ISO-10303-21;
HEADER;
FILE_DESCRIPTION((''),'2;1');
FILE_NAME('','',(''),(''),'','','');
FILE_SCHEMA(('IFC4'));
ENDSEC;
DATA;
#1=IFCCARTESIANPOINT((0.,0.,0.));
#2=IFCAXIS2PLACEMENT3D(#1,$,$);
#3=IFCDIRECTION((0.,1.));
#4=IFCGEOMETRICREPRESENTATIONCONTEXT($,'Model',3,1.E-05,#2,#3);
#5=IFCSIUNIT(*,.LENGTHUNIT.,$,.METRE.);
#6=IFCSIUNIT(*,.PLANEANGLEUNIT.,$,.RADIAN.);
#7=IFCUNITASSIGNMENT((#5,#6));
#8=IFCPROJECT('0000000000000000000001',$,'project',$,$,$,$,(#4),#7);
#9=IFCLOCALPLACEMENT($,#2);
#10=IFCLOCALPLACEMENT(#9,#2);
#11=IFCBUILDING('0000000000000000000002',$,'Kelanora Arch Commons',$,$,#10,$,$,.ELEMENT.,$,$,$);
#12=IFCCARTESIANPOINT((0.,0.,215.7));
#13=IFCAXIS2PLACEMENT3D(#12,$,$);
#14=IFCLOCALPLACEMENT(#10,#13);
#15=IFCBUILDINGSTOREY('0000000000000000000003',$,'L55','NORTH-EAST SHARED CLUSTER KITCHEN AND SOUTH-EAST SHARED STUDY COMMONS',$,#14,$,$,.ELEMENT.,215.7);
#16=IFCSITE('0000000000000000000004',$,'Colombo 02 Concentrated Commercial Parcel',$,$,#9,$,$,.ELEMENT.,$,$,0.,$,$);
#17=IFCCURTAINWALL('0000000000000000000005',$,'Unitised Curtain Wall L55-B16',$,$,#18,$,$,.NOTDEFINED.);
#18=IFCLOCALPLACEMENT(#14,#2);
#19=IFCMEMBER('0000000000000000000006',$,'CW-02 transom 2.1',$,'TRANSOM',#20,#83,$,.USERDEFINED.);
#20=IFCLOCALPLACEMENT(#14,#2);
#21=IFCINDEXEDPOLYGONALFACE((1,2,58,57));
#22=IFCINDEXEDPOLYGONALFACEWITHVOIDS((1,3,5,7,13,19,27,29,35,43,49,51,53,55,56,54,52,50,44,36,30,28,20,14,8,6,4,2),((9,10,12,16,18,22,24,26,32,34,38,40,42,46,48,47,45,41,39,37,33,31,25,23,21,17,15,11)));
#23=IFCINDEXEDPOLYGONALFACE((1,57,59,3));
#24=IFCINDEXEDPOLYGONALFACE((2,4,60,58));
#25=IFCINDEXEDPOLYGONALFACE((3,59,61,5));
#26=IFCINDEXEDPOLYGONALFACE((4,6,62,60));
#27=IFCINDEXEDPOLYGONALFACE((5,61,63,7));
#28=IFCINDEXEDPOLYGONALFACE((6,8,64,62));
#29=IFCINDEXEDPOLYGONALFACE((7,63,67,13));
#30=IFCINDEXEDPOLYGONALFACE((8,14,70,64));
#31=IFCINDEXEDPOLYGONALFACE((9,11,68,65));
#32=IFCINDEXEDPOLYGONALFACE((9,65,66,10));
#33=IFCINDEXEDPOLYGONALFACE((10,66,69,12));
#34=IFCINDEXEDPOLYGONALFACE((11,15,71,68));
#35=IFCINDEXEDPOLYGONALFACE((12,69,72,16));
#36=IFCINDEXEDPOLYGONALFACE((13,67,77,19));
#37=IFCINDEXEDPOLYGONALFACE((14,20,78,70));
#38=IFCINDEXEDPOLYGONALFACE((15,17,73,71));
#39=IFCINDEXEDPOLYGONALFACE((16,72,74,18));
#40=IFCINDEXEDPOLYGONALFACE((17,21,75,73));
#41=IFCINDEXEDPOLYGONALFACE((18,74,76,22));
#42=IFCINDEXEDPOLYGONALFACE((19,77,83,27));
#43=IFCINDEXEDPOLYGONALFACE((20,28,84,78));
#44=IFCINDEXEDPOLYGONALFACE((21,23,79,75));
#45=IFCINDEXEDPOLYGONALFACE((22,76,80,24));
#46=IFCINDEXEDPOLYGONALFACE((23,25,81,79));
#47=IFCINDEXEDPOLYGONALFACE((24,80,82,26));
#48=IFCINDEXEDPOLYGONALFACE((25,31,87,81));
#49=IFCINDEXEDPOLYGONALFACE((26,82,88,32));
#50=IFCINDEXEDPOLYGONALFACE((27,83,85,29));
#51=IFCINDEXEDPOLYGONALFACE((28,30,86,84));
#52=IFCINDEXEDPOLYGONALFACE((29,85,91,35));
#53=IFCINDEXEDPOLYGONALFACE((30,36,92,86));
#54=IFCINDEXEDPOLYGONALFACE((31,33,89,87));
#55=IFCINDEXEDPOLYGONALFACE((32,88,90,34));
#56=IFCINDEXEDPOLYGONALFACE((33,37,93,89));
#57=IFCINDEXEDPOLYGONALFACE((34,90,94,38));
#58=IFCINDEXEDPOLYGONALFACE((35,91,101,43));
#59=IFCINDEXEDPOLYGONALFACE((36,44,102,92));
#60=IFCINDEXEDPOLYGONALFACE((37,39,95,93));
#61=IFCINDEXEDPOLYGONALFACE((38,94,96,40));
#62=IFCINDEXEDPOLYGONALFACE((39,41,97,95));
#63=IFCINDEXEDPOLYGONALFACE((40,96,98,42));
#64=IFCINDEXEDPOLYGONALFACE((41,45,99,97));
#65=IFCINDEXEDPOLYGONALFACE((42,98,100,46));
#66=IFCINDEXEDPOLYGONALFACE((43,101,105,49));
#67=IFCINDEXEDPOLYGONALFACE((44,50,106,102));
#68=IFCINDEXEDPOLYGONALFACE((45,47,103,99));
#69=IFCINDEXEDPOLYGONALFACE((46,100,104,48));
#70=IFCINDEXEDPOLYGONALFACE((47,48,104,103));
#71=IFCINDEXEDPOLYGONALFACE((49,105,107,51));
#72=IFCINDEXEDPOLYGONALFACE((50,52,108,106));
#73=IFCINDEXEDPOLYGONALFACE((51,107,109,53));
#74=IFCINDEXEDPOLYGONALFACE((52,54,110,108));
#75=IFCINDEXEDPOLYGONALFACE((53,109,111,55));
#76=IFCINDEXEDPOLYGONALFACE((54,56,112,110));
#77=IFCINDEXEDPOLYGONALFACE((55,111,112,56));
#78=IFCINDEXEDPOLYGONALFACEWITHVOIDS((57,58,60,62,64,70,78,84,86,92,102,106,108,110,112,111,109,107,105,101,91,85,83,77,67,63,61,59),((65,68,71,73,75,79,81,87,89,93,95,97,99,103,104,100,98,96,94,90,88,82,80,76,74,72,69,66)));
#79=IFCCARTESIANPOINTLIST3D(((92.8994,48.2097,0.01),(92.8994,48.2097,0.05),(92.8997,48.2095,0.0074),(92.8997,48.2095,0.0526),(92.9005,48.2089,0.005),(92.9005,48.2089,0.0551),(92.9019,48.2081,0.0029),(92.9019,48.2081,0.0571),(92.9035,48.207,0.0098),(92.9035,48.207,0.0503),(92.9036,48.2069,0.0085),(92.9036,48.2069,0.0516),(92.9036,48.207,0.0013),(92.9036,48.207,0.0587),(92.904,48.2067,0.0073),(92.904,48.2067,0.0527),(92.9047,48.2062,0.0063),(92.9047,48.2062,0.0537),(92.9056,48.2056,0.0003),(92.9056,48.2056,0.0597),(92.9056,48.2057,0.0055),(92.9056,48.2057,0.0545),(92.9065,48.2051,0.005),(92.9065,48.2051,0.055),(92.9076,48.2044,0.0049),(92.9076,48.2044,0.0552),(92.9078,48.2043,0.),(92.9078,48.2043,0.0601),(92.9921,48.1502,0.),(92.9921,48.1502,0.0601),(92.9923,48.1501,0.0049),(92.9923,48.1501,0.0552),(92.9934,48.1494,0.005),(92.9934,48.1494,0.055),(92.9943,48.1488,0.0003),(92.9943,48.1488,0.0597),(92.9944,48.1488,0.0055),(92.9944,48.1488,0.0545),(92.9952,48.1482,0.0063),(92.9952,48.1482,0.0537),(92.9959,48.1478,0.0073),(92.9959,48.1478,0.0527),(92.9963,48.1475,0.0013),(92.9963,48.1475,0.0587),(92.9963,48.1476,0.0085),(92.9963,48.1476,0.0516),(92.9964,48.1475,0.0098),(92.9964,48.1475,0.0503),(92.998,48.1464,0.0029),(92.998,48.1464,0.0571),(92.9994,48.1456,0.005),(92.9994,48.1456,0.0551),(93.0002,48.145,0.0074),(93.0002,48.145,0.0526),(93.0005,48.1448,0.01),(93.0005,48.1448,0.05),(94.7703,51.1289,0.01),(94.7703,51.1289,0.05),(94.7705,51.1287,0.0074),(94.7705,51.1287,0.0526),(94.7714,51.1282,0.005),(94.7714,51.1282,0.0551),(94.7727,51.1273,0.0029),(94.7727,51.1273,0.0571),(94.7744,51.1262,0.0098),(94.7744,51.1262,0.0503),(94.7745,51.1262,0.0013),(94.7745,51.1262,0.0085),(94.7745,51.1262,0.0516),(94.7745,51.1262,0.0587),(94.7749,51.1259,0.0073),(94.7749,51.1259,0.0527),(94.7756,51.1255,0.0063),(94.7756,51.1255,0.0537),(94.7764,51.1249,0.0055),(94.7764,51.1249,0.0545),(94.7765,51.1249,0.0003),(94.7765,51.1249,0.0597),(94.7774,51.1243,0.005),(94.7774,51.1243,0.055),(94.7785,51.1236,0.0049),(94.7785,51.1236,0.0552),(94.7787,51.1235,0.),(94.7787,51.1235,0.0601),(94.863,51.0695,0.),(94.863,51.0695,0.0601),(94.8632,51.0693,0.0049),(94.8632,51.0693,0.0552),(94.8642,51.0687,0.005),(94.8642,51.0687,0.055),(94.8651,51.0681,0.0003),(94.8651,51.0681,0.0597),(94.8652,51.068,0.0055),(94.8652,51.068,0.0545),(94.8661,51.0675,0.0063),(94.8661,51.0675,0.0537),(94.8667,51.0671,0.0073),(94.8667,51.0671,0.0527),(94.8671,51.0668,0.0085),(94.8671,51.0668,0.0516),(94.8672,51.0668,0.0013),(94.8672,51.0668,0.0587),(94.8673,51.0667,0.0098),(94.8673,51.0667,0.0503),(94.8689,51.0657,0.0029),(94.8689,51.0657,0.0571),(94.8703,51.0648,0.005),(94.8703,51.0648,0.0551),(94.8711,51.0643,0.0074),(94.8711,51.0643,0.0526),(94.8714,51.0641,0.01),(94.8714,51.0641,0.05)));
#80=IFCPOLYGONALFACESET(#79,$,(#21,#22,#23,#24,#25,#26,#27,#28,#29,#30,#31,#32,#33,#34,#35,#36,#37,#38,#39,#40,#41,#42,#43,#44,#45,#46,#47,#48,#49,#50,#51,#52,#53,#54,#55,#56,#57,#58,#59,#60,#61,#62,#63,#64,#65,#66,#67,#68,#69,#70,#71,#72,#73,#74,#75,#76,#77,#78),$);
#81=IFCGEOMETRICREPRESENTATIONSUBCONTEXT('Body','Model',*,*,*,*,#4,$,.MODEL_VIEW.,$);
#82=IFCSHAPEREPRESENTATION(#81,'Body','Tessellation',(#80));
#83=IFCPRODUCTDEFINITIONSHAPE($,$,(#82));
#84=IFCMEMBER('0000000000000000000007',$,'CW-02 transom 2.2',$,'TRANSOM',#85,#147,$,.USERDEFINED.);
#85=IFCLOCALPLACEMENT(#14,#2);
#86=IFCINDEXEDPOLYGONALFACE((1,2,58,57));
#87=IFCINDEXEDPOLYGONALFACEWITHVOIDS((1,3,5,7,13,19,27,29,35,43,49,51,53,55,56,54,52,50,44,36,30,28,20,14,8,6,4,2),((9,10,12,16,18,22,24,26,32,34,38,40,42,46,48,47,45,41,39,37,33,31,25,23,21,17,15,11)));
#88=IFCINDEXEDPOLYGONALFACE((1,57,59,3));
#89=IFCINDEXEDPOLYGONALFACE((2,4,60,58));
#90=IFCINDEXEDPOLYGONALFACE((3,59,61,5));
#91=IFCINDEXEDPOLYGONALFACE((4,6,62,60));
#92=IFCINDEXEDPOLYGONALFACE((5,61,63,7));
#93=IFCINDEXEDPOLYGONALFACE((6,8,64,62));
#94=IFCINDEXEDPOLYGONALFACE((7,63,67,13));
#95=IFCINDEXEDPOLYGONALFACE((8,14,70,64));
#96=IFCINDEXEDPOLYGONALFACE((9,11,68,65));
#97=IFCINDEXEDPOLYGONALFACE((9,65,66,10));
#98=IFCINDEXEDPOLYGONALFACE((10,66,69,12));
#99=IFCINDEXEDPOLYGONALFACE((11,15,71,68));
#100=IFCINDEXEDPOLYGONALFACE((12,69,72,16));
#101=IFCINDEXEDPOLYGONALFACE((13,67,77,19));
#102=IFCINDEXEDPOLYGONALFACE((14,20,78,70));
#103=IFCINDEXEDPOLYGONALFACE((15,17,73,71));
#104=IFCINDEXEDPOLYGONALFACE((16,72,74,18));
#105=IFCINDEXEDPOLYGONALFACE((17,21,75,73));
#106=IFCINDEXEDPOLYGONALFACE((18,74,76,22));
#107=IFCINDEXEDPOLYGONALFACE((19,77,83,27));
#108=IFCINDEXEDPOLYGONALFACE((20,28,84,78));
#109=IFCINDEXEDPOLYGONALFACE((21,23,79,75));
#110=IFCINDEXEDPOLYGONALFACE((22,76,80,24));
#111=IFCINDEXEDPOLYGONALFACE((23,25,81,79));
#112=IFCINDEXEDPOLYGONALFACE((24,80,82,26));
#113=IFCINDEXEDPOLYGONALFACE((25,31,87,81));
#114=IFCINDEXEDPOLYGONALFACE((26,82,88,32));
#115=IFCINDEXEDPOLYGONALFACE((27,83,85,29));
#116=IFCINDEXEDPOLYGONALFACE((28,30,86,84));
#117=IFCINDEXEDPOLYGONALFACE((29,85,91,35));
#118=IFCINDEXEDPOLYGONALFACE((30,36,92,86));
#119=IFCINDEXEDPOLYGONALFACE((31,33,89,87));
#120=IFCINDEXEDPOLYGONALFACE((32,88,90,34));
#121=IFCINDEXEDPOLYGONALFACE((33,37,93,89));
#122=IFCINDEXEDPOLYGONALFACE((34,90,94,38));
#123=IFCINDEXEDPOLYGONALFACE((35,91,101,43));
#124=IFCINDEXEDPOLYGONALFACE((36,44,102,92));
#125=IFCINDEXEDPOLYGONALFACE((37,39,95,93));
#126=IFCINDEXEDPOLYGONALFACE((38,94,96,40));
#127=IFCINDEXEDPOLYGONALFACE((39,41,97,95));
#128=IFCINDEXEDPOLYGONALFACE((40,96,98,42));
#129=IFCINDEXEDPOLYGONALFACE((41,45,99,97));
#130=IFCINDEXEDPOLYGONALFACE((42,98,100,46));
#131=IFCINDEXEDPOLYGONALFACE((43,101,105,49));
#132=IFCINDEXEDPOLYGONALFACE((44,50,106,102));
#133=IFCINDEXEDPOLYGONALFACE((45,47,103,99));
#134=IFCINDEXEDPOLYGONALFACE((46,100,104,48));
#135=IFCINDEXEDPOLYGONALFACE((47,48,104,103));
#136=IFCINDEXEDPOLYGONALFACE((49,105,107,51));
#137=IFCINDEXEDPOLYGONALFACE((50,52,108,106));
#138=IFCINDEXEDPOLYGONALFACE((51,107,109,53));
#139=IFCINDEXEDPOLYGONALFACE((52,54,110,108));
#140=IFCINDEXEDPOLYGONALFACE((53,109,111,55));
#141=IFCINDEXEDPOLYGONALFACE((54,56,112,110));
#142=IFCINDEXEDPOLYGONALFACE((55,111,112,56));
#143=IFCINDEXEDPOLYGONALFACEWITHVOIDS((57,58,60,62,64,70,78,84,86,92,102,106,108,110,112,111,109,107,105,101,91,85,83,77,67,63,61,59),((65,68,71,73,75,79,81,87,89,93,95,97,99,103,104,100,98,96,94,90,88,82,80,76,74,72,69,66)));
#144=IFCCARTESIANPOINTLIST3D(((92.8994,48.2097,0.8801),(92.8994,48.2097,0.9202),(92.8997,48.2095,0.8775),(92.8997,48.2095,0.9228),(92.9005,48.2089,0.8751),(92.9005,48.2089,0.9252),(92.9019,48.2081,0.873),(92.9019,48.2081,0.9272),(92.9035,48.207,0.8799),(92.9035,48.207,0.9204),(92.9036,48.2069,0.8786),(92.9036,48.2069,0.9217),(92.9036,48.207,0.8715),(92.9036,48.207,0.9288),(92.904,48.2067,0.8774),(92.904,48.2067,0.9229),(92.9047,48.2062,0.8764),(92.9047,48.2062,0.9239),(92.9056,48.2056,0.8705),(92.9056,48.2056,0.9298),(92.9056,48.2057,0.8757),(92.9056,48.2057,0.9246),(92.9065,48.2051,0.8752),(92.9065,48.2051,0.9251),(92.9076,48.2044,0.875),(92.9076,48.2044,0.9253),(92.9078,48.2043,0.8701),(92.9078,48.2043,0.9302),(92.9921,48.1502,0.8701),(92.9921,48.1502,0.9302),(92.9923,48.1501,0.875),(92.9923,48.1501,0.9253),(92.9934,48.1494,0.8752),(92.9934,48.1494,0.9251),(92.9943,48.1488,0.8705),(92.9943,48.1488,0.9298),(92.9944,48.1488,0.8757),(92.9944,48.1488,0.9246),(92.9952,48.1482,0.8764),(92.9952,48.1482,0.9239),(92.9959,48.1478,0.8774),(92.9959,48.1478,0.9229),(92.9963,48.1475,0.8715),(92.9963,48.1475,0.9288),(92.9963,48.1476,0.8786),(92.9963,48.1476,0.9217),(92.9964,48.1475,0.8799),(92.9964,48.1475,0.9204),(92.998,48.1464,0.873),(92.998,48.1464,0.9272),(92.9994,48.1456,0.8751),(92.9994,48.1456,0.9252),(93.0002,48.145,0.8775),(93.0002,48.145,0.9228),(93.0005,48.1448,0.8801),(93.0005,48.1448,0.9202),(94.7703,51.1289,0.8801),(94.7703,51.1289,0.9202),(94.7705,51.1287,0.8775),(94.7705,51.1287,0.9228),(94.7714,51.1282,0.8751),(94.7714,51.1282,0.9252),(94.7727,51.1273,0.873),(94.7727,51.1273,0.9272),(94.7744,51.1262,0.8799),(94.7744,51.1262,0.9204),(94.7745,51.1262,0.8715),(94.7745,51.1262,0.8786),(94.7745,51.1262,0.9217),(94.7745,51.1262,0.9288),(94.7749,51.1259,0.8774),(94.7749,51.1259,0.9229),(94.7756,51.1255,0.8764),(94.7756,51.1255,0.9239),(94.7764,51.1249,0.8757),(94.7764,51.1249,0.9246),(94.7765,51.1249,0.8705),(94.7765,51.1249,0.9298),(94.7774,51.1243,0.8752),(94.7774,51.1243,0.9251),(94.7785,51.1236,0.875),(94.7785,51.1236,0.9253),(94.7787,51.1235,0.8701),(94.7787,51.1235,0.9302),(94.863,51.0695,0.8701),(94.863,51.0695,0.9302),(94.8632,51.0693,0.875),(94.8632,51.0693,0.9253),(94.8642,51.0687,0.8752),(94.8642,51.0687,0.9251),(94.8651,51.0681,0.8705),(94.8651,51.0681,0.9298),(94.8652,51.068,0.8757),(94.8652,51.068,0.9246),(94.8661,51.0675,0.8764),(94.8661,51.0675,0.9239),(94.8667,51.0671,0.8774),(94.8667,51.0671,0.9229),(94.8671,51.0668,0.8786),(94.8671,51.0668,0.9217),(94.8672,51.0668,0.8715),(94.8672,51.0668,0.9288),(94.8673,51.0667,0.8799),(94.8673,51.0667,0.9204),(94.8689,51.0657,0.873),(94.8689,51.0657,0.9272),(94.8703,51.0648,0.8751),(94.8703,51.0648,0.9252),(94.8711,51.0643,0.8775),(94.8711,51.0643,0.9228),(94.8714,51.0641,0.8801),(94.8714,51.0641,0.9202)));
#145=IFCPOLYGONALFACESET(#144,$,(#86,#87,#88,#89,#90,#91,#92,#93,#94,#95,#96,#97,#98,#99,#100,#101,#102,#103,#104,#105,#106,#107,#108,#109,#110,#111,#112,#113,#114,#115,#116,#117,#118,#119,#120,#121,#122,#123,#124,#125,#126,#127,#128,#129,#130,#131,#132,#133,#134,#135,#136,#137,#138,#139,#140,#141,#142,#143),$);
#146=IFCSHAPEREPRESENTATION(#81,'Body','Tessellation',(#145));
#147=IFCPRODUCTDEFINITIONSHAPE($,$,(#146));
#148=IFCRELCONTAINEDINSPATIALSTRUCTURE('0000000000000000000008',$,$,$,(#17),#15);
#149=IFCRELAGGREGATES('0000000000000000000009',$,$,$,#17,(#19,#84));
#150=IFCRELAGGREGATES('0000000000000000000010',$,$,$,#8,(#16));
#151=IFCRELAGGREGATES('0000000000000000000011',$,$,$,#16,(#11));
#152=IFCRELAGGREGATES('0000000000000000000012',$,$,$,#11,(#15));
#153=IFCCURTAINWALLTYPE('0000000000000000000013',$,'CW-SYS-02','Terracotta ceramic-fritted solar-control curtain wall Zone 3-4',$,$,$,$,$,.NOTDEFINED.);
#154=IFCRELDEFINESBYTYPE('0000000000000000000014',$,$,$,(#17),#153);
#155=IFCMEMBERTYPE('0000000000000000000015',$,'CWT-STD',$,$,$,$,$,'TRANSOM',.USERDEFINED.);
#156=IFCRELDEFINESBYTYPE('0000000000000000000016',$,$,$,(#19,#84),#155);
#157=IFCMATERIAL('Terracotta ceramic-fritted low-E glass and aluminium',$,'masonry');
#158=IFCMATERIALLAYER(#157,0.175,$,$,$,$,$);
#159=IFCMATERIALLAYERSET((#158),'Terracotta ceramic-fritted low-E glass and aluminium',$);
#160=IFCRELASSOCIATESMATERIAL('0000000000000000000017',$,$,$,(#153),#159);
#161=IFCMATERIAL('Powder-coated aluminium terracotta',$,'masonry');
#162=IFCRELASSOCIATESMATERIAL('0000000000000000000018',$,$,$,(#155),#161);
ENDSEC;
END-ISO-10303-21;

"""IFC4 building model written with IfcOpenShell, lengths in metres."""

from ifc_helpers import new_model, si_unit, direction, frame, origin, origin_2d, place, context, subcontext, project, spatial, hollow_rectangle, extrude, material, layer, layer_set, material_profile, profile_set, type_object, element, aggregate, save


model = new_model("IFC4")

# Units and contexts
model_context = context("Model", 3, precision=1e-05, world=origin(), true_north=direction((0.0, 1.0)))
body_context = subcontext(model_context, "Body", "Model", "MODEL_VIEW")
ifc_project = project(units=[si_unit("LENGTHUNIT", "METRE"), si_unit("PLANEANGLEUNIT", "RADIAN")], contexts=[model_context])

# Site, building, storey
site_placement = place(None, origin())
site = spatial("IfcSite", under=ifc_project, at=site_placement, Name="Colombo 02 Concentrated Commercial Parcel", CompositionType="ELEMENT", RefElevation=0.0)
building_placement = place(site_placement, origin())
building = spatial("IfcBuilding", under=site, at=building_placement, Name="Kelanora Arch Commons", CompositionType="ELEMENT")
storey_placement = place(building_placement, frame((0.0, 0.0, 215.7)))
storey = spatial("IfcBuildingStorey", under=building, at=storey_placement, Name="L55", Description="NORTH-EAST SHARED CLUSTER KITCHEN AND SOUTH-EAST SHARED STUDY COMMONS", CompositionType="ELEMENT", Elevation=215.7)

# Curtain wall, members
ifc_material_1 = material(Name="Terracotta ceramic-fritted low-E glass and aluminium", Category="masonry")
ifc_layer_1 = layer(ifc_material_1, 0.175)
ifc_layer_set_1 = layer_set([ifc_layer_1], Name="Terracotta ceramic-fritted low-E glass and aluminium")
curtain_wall_type = type_object("IfcCurtainWallType", Name="CW-SYS-02", Description="Terracotta ceramic-fritted solar-control curtain wall Zone 3-4", PredefinedType="NOTDEFINED", material=ifc_layer_set_1)
curtain_wall_placement = place(storey_placement, origin())
curtain_wall = element("IfcCurtainWall", 1, at=curtain_wall_placement, inside=storey, type_object=curtain_wall_type, Name="Unitised Curtain Wall L55-B16", PredefinedType="NOTDEFINED")
ifc_material_2 = material(Name="Powder-coated aluminium terracotta", Category="masonry")
ifc_material_profile_1 = material_profile(ifc_material_2, hollow_rectangle(XDim=0.1201, YDim=0.0601, WallThickness=0.0049, InnerFilletRadius=0.0049, OuterFilletRadius=0.01, at=origin_2d()), Name="CWT120x60")
ifc_profile_set_1 = profile_set([ifc_material_profile_1], Name="Powder-coated aluminium terracotta")
member_type_1 = type_object("IfcMemberType", Name="CWT-STD", ElementType="TRANSOM", PredefinedType="USERDEFINED", material=ifc_profile_set_1)
member_1_placement = place(storey_placement, frame((92.95, 48.1772, 0.03), z_axis=(0.539579, 0.841935, 0.0), x_axis=(-0.841935, 0.539579, 0.0)))
member_1 = element("IfcMember", 2, at=member_1_placement, type_object=member_type_1, Name="CW-02 transom 2.1", ObjectType="TRANSOM", PredefinedType="USERDEFINED", context=body_context, shape_type="SweptSolid", body=[
    extrude(hollow_rectangle(XDim=0.1201, YDim=0.0601, WallThickness=0.0049, InnerFilletRadius=0.0049, OuterFilletRadius=0.01, at=origin_2d()), origin(), (0.0, 0.0, 1.0), 3.4673),
])
member_2_placement = place(storey_placement, frame((92.95, 48.1772, 0.9001), z_axis=(0.539579, 0.841935, 0.0), x_axis=(-0.841935, 0.539579, 0.0)))
member_2 = element("IfcMember", 3, at=member_2_placement, type_object=member_type_1, Name="CW-02 transom 2.2", ObjectType="TRANSOM", PredefinedType="USERDEFINED", context=body_context, shape_type="SweptSolid", body=[
    extrude(hollow_rectangle(XDim=0.1201, YDim=0.0601, WallThickness=0.0049, InnerFilletRadius=0.0049, OuterFilletRadius=0.01, at=origin_2d()), origin(), (0.0, 0.0, 1.0), 3.4673),
])
aggregate(curtain_wall, [member_1, member_2])

save(model, "model.ifc")
